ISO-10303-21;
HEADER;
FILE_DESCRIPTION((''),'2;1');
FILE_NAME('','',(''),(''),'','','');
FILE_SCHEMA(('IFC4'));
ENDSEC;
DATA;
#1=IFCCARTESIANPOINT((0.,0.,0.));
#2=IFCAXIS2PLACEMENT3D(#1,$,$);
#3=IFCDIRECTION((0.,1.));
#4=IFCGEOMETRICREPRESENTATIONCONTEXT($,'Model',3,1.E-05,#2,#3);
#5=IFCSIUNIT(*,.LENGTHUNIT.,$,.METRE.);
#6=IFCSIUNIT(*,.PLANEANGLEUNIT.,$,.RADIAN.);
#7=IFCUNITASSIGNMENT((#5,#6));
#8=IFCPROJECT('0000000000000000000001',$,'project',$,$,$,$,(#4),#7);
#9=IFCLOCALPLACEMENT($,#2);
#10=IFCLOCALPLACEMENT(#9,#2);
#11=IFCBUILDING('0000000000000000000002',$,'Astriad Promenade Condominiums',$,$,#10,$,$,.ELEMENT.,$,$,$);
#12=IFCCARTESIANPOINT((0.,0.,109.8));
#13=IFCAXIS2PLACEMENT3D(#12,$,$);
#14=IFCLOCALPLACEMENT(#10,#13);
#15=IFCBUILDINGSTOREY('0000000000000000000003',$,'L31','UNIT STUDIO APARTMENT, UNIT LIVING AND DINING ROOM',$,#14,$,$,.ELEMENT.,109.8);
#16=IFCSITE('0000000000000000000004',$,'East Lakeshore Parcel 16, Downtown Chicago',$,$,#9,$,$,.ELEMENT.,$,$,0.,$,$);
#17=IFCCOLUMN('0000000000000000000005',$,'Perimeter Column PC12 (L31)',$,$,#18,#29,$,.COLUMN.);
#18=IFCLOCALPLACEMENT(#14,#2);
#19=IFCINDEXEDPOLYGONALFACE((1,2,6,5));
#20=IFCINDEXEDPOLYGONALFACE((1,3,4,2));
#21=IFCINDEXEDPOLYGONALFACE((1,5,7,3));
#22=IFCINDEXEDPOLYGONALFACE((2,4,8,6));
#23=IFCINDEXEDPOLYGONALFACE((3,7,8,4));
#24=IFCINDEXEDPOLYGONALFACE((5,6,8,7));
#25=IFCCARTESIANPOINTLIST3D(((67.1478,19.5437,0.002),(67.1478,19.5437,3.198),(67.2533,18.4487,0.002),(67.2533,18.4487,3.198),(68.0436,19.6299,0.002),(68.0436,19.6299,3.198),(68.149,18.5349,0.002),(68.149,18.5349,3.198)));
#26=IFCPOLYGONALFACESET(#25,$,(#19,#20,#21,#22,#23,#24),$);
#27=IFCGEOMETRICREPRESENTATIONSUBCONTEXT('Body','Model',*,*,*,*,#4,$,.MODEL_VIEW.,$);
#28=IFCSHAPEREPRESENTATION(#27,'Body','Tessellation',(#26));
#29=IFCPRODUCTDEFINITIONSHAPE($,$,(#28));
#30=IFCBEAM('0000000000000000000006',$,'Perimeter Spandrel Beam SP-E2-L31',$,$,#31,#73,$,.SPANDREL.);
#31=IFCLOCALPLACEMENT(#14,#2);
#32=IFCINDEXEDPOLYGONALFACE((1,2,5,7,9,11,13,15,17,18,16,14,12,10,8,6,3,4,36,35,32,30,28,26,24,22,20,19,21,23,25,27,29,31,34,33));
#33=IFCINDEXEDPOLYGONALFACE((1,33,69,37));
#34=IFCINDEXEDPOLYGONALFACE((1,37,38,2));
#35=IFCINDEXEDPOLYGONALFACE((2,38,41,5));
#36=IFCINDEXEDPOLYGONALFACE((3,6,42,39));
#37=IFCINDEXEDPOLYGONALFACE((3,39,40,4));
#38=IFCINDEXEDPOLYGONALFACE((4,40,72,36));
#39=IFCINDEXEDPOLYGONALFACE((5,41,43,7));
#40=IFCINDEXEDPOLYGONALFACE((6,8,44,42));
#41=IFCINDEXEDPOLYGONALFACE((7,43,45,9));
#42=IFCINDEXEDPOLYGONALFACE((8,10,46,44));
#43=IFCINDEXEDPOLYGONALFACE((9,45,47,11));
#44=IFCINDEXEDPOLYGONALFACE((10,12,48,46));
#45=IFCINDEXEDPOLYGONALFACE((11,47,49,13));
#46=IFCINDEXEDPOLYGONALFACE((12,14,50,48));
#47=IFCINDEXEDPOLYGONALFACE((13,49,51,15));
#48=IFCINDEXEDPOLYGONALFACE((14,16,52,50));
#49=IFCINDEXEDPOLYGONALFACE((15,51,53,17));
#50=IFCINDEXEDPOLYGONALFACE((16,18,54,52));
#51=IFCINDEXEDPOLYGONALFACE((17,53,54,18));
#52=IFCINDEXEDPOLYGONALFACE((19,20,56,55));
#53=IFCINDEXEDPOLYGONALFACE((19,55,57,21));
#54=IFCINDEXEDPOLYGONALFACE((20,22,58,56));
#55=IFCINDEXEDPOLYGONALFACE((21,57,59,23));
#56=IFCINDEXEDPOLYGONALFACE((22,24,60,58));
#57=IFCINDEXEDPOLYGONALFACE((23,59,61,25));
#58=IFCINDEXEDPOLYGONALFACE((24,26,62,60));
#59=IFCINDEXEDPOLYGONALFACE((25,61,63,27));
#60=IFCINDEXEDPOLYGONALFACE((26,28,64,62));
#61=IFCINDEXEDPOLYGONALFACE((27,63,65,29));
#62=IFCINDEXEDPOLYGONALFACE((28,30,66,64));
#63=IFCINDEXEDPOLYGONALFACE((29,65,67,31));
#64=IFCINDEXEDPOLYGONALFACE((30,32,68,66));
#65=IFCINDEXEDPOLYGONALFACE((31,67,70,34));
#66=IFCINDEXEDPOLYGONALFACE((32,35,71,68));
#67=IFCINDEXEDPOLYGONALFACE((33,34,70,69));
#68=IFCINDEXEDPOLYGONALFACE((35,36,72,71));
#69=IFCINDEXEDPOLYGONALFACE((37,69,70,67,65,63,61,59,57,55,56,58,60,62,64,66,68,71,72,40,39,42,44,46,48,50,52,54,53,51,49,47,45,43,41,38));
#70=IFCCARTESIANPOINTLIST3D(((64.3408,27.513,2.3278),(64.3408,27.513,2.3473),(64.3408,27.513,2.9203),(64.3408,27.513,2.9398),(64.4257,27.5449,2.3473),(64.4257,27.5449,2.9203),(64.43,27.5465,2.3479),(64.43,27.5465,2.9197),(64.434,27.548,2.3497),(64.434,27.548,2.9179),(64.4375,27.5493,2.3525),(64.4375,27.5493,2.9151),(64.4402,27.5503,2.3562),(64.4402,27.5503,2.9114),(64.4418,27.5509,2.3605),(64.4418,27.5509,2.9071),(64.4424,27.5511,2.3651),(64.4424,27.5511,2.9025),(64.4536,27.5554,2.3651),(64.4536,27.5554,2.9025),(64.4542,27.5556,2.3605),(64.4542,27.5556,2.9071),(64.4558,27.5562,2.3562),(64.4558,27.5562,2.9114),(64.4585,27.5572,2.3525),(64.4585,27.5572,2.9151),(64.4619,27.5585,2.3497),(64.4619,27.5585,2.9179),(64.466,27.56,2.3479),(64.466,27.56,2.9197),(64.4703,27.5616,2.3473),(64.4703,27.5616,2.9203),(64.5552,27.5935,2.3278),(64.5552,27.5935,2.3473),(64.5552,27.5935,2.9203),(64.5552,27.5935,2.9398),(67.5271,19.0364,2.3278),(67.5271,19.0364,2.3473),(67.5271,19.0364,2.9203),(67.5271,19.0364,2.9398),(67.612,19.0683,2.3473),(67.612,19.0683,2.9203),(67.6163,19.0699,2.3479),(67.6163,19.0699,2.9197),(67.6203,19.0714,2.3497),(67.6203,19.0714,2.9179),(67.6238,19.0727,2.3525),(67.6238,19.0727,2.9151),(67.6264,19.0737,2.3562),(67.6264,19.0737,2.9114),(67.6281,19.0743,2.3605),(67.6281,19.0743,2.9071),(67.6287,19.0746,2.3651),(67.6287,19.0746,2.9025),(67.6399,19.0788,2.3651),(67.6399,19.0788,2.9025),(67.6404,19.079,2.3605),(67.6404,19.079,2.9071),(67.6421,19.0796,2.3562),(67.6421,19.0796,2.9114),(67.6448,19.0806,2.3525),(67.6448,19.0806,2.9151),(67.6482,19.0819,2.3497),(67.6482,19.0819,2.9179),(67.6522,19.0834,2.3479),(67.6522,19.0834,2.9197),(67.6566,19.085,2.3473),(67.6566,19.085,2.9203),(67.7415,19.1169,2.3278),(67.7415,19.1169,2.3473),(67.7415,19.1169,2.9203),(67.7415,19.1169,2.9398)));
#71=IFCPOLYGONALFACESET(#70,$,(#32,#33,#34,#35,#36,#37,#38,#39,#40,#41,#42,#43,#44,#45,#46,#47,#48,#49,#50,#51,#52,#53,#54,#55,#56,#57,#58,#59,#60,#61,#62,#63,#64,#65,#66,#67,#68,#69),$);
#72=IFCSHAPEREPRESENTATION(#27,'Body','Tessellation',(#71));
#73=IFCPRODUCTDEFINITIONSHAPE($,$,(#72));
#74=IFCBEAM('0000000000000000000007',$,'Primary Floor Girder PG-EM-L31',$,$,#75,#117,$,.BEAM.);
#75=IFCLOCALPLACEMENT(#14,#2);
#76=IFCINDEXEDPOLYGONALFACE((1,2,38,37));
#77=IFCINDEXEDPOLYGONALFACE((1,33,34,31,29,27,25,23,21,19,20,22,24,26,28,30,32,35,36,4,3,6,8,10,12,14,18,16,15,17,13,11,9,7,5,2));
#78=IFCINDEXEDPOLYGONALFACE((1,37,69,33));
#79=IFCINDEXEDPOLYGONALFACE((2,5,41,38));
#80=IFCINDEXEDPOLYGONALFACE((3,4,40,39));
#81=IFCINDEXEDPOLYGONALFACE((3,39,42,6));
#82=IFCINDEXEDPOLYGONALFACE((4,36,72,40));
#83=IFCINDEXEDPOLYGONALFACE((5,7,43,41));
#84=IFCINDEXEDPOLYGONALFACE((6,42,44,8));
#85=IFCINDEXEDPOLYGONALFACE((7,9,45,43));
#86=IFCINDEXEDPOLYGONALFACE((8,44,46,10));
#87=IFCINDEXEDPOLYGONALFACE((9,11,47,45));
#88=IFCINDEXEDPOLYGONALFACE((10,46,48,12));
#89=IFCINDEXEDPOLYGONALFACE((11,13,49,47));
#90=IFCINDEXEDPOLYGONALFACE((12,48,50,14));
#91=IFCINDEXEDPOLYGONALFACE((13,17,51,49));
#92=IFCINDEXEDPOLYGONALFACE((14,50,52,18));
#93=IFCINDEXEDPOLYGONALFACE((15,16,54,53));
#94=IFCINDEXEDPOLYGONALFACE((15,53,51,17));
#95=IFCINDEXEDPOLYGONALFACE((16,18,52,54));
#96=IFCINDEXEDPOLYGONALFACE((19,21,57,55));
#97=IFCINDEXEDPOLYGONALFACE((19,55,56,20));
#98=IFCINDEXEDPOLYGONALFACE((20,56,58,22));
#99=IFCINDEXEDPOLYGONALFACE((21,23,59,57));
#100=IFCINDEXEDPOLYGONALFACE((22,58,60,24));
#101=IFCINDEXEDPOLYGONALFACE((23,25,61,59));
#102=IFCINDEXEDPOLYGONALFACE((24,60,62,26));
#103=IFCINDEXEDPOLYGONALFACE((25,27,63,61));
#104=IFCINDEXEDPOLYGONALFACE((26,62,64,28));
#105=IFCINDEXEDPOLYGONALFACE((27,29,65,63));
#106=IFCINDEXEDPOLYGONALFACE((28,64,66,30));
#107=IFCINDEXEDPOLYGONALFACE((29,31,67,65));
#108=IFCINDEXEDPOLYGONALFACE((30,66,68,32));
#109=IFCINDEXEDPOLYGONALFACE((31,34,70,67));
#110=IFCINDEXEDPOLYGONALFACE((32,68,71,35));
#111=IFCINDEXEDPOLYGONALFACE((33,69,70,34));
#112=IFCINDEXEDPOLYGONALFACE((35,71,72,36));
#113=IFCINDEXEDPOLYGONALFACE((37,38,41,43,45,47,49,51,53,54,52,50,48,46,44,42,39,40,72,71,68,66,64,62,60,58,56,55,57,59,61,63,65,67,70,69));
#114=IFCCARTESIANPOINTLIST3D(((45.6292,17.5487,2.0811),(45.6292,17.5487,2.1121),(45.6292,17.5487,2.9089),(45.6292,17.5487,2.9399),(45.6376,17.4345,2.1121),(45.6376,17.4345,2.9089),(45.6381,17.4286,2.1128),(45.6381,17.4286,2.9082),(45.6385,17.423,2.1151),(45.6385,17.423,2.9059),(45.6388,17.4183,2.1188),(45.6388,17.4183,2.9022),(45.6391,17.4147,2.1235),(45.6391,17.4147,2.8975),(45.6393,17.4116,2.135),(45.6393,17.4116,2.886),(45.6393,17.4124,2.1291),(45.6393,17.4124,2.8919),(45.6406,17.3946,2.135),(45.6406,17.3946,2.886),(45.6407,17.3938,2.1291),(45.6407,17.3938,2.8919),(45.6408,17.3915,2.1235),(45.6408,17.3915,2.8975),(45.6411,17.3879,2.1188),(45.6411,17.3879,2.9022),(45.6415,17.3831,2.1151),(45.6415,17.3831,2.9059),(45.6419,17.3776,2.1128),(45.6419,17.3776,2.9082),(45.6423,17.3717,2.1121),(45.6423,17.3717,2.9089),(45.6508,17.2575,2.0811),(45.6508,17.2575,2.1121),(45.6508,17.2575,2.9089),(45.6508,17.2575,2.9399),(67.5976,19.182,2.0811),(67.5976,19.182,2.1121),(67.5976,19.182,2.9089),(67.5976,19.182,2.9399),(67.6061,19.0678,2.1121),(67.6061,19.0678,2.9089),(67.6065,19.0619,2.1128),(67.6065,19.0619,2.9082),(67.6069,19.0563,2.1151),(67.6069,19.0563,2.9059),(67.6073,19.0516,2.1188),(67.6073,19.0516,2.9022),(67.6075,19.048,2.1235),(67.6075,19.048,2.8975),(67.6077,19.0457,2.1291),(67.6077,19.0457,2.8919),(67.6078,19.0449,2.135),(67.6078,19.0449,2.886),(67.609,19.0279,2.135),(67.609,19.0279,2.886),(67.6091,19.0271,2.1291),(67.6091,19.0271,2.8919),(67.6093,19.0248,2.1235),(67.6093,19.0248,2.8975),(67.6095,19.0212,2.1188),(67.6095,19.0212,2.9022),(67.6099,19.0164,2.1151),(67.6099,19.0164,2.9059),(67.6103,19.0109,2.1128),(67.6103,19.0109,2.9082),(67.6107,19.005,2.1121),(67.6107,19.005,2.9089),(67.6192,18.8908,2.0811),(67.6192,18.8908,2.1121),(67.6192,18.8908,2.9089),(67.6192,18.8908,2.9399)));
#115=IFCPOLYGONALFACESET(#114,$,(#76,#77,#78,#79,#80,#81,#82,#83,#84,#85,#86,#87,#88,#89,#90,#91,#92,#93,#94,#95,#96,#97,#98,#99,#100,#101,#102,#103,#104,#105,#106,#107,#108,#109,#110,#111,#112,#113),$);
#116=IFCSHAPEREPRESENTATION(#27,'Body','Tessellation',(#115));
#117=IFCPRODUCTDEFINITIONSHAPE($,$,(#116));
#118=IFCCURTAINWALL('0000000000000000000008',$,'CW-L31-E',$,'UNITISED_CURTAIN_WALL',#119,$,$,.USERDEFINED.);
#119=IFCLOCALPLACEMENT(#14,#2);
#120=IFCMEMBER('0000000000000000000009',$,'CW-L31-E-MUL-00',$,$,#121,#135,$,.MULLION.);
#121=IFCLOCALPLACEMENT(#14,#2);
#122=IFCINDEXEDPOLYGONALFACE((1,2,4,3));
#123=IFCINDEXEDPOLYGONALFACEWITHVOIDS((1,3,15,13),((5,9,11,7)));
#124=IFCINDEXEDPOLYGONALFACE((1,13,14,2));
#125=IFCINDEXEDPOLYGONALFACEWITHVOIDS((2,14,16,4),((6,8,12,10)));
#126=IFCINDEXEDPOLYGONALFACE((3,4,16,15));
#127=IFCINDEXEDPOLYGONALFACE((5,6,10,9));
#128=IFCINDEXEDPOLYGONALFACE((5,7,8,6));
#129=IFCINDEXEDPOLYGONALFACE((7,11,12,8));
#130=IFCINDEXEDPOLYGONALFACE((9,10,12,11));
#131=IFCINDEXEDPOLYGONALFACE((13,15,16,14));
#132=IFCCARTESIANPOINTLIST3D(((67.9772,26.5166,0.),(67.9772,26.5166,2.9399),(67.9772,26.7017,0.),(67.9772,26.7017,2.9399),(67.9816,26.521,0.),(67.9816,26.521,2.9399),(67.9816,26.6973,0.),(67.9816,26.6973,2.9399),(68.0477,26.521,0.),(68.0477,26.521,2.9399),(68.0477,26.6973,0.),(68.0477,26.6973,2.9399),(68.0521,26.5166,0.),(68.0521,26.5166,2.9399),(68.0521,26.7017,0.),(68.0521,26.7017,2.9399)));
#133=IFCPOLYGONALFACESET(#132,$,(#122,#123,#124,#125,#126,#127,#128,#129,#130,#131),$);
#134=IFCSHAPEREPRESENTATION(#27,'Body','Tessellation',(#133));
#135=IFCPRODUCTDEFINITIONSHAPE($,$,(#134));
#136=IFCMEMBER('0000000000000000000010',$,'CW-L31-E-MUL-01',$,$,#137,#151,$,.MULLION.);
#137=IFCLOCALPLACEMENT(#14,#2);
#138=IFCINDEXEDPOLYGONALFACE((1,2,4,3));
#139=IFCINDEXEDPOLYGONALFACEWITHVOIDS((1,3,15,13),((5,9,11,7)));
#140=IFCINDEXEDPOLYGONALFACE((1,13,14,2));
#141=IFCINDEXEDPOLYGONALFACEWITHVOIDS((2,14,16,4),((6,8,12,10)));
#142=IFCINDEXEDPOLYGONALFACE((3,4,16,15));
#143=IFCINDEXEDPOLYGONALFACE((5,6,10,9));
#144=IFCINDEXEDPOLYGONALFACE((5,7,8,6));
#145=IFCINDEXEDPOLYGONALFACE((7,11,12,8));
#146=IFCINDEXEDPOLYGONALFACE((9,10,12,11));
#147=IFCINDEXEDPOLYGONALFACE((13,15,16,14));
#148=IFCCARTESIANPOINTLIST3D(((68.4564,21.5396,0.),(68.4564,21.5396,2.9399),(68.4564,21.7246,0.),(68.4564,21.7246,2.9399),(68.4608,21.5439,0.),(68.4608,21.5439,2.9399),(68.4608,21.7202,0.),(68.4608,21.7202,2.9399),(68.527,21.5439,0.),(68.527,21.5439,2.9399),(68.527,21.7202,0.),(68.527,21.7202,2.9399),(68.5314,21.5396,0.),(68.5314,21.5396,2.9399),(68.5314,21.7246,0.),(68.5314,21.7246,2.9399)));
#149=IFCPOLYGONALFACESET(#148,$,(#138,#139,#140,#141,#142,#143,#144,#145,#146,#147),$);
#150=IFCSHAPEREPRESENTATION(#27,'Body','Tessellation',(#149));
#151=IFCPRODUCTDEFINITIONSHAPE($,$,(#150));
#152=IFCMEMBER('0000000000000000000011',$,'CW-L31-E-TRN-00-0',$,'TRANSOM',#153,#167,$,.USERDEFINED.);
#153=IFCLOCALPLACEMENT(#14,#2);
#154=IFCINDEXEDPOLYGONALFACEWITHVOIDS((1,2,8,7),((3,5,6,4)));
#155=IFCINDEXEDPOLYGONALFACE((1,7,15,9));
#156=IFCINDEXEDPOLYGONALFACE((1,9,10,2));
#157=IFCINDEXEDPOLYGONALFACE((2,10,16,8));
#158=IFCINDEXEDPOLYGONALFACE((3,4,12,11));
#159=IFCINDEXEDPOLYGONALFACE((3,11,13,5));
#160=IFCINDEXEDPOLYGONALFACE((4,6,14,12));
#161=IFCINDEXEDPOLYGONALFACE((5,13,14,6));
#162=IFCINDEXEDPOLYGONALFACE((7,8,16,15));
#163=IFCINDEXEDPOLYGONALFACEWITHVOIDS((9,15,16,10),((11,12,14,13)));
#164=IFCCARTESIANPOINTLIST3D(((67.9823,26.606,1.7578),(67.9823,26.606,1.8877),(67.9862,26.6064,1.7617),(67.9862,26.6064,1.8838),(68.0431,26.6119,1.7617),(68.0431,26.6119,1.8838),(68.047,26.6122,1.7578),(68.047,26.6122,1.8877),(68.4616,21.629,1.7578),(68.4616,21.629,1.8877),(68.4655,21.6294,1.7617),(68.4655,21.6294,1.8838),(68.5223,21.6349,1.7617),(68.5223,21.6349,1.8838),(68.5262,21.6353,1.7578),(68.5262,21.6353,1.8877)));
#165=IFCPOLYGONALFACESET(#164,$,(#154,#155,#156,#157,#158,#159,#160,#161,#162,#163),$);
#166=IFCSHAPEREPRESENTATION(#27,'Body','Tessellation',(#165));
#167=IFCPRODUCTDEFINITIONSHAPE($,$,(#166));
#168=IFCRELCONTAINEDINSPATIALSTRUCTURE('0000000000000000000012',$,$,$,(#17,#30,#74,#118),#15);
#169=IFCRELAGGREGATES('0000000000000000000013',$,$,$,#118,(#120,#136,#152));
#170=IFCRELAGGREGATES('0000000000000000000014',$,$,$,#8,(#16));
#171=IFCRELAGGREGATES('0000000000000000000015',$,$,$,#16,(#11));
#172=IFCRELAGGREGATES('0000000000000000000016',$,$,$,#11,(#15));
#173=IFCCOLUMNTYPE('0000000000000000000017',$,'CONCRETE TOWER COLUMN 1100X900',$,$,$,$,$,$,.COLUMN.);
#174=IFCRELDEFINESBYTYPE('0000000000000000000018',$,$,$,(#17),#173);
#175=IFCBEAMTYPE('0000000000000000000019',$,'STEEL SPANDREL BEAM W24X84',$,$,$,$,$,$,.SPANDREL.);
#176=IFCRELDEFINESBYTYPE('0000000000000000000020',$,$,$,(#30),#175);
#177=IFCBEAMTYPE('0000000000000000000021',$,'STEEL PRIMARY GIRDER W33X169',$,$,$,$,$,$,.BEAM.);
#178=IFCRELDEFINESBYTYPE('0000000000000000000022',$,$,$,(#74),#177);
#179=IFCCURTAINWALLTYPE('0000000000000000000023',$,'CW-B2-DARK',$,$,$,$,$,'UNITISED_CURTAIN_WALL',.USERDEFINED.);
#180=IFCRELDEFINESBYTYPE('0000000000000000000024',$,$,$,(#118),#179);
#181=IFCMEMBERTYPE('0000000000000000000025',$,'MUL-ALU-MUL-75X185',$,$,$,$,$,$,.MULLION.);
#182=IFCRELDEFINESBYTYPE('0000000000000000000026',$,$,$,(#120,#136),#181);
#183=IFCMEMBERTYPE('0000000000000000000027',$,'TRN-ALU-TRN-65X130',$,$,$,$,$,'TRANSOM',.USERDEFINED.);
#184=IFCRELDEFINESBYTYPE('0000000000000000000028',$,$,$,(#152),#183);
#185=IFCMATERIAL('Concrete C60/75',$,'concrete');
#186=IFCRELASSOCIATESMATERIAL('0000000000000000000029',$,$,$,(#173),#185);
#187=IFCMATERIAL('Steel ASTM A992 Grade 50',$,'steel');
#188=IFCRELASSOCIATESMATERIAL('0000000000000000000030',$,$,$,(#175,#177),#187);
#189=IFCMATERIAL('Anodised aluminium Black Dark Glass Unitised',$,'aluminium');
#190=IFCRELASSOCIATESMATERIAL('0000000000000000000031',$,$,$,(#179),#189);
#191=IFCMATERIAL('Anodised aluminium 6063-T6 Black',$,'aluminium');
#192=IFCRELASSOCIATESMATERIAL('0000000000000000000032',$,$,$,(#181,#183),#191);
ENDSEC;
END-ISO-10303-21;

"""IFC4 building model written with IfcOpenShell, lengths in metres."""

from ifc_helpers import new_model, si_unit, direction, frame, origin, origin_2d, place, context, subcontext, project, spatial, rectangle, hollow_rectangle, i_section, extrude, source, transform, mapped, material, material_profile, profile_set, type_object, type_shapes, element, aggregate, save


model = new_model("IFC4")

# Units and contexts
model_context = context("Model", 3, precision=1e-05, world=origin(), true_north=direction((0.0, 1.0)))
body_context = subcontext(model_context, "Body", "Model", "MODEL_VIEW")
ifc_project = project(units=[si_unit("LENGTHUNIT", "METRE"), si_unit("PLANEANGLEUNIT", "RADIAN")], contexts=[model_context])

# Site, building, storey
site_placement = place(None, origin())
site = spatial("IfcSite", under=ifc_project, at=site_placement, Name="East Lakeshore Parcel 16, Downtown Chicago", CompositionType="ELEMENT", RefElevation=0.0)
building_placement = place(site_placement, origin())
building = spatial("IfcBuilding", under=site, at=building_placement, Name="Astriad Promenade Condominiums", CompositionType="ELEMENT")
storey_placement = place(building_placement, frame((0.0, 0.0, 109.8)))
storey = spatial("IfcBuildingStorey", under=building, at=storey_placement, Name="L31", Description="UNIT STUDIO APARTMENT, UNIT LIVING AND DINING ROOM", CompositionType="ELEMENT", Elevation=109.8)

# Column
ifc_material_1 = material(Name="Concrete C60/75", Category="concrete")
ifc_material_profile_1 = material_profile(ifc_material_1, rectangle(XDim=0.8999, YDim=1.1001, at=origin_2d()), Name="RC-COL-1100X900")
ifc_profile_set_1 = profile_set([ifc_material_profile_1], Name="Concrete C60/75")
column_type = type_object("IfcColumnType", Name="CONCRETE TOWER COLUMN 1100X900", PredefinedType="COLUMN", material=ifc_profile_set_1)
shared_shape_1 = source(origin(), body_context, "Body", "SweptSolid", [
    extrude(rectangle(XDim=0.8999, YDim=1.1001, at=origin_2d()), origin(), (0.0, 0.0, 1.0), 3.196),
])
type_shapes(column_type, [shared_shape_1])
column_placement = place(storey_placement, frame((67.6484, 19.0393, 0.002), z_axis=(0.0, 0.0, 1.0), x_axis=(0.995396, 0.095846, 0.0)))
element("IfcColumn", 1, at=column_placement, inside=storey, type_object=column_type, Name="Perimeter Column PC12 (L31)", PredefinedType="COLUMN", context=body_context, shape_type="MappedRepresentation", body=[
    mapped(shared_shape_1, transform((0.0, 0.0, 0.0), scale=1.0)),
])

# Beams
ifc_material_2 = material(Name="Steel ASTM A992 Grade 50", Category="steel")
ifc_material_profile_2 = material_profile(ifc_material_2, i_section(OverallWidth=0.229, OverallDepth=0.6121, WebThickness=0.012, FlangeThickness=0.0195, FilletRadius=0.0178, at=origin_2d()), Name="W24X84")
ifc_profile_set_2 = profile_set([ifc_material_profile_2], Name="Steel ASTM A992 Grade 50")
beam_type_1 = type_object("IfcBeamType", Name="STEEL SPANDREL BEAM W24X84", PredefinedType="SPANDREL", material=ifc_profile_set_2)
shared_shape_2 = source(origin(), body_context, "Body", "SweptSolid", [
    extrude(i_section(OverallWidth=0.229, OverallDepth=0.6121, WebThickness=0.012, FlangeThickness=0.0195, FilletRadius=0.0178, at=origin_2d()), origin(), (0.0, 0.0, 1.0), 9.0557),
])
type_shapes(beam_type_1, [shared_shape_2])
beam_1_placement = place(storey_placement, frame((67.6343, 19.0767, 2.6338), z_axis=(-0.351856, 0.936054, 0.0), x_axis=(-0.936054, -0.351856, 0.0)))
element("IfcBeam", 2, at=beam_1_placement, inside=storey, type_object=beam_type_1, Name="Perimeter Spandrel Beam SP-E2-L31", PredefinedType="SPANDREL", context=body_context, shape_type="MappedRepresentation", body=[
    mapped(shared_shape_2, transform((0.0, 0.0, 0.0), scale=1.0)),
])
ifc_material_profile_3 = material_profile(ifc_material_2, i_section(OverallWidth=0.292, OverallDepth=0.8589, WebThickness=0.0171, FlangeThickness=0.031, FilletRadius=0.0229, at=origin_2d()), Name="W33X169")
ifc_profile_set_3 = profile_set([ifc_material_profile_3], Name="Steel ASTM A992 Grade 50")
beam_type_2 = type_object("IfcBeamType", Name="STEEL PRIMARY GIRDER W33X169", PredefinedType="BEAM", material=ifc_profile_set_3)
shared_shape_3 = source(origin(), body_context, "Body", "SweptSolid", [
    extrude(i_section(OverallWidth=0.292, OverallDepth=0.8589, WebThickness=0.0171, FlangeThickness=0.031, FilletRadius=0.0229, at=origin_2d()), origin(), (0.0, 0.0, 1.0), 22.0291),
])
type_shapes(beam_type_2, [shared_shape_3])
beam_2_placement = place(storey_placement, frame((67.6084, 19.0364, 2.5105), z_axis=(-0.997248, -0.074143, 0.0), x_axis=(0.074143, -0.997248, 0.0)))
element("IfcBeam", 3, at=beam_2_placement, inside=storey, type_object=beam_type_2, Name="Primary Floor Girder PG-EM-L31", PredefinedType="BEAM", context=body_context, shape_type="MappedRepresentation", body=[
    mapped(shared_shape_3, transform((0.0, 0.0, 0.0), scale=1.0)),
])

# Curtain wall, members
ifc_material_3 = material(Name="Anodised aluminium Black Dark Glass Unitised", Category="aluminium")
curtain_wall_type = type_object("IfcCurtainWallType", Name="CW-B2-DARK", ElementType="UNITISED_CURTAIN_WALL", PredefinedType="USERDEFINED", material=ifc_material_3)
curtain_wall_placement = place(storey_placement, origin())
curtain_wall = element("IfcCurtainWall", 4, at=curtain_wall_placement, inside=storey, type_object=curtain_wall_type, Name="CW-L31-E", ObjectType="UNITISED_CURTAIN_WALL", PredefinedType="USERDEFINED")
ifc_material_4 = material(Name="Anodised aluminium 6063-T6 Black", Category="aluminium")
ifc_material_profile_4 = material_profile(ifc_material_4, hollow_rectangle(XDim=0.075, YDim=0.1851, WallThickness=0.0044, at=origin_2d()), Name="ALU-MUL-75X185")
ifc_profile_set_4 = profile_set([ifc_material_profile_4], Name="Anodised aluminium 6063-T6 Black")
member_type_1 = type_object("IfcMemberType", Name="MUL-ALU-MUL-75X185", PredefinedType="MULLION", material=ifc_profile_set_4)
shared_shape_4 = source(origin(), body_context, "Body", "SweptSolid", [
    extrude(hollow_rectangle(XDim=0.075, YDim=0.1851, WallThickness=0.0044, at=origin_2d()), origin(), (0.0, 0.0, 1.0), 2.9399),
])
type_shapes(member_type_1, [shared_shape_4])
member_1_placement = place(storey_placement, frame((68.0146, 26.6091, 0.0), z_axis=(0.0, 0.0, 1.0), x_axis=(1.0, 0.0, 0.0)))
member_1 = element("IfcMember", 5, at=member_1_placement, type_object=member_type_1, Name="CW-L31-E-MUL-00", PredefinedType="MULLION", context=body_context, shape_type="MappedRepresentation", body=[
    mapped(shared_shape_4, transform((0.0, 0.0, 0.0), scale=1.0)),
])
member_2_placement = place(storey_placement, frame((68.4939, 21.6321, 0.0), z_axis=(0.0, 0.0, 1.0), x_axis=(1.0, 0.0, 0.0)))
member_2 = element("IfcMember", 6, at=member_2_placement, type_object=member_type_1, Name="CW-L31-E-MUL-01", PredefinedType="MULLION", context=body_context, shape_type="MappedRepresentation", body=[
    mapped(shared_shape_4, transform((0.0, 0.0, 0.0), scale=1.0)),
])
ifc_material_profile_5 = material_profile(ifc_material_4, hollow_rectangle(XDim=0.0649, YDim=0.1299, WallThickness=0.0039, at=origin_2d()), Name="ALU-TRN-65X130")
ifc_profile_set_5 = profile_set([ifc_material_profile_5], Name="Anodised aluminium 6063-T6 Black")
member_type_2 = type_object("IfcMemberType", Name="TRN-ALU-TRN-65X130", ElementType="TRANSOM", PredefinedType="USERDEFINED", material=ifc_profile_set_5)
shared_shape_5 = source(origin(), body_context, "Body", "SweptSolid", [
    extrude(hollow_rectangle(XDim=0.0649, YDim=0.1299, WallThickness=0.0039, at=origin_2d()), origin(), (0.0, 0.0, 1.0), 5.0),
])
member_3_placement = place(storey_placement, frame((68.0146, 26.6091, 1.8228), z_axis=(0.095848, -0.995396, 0.0), x_axis=(0.995396, 0.095848, 0.0)))
member_3 = element("IfcMember", 7, at=member_3_placement, type_object=member_type_2, Name="CW-L31-E-TRN-00-0", ObjectType="TRANSOM", PredefinedType="USERDEFINED", context=body_context, shape_type="MappedRepresentation", body=[
    mapped(shared_shape_5, transform((0.0, 0.0, 0.0), scale=1.0)),
])
aggregate(curtain_wall, [member_1, member_2, member_3])

save(model, "model.ifc")
